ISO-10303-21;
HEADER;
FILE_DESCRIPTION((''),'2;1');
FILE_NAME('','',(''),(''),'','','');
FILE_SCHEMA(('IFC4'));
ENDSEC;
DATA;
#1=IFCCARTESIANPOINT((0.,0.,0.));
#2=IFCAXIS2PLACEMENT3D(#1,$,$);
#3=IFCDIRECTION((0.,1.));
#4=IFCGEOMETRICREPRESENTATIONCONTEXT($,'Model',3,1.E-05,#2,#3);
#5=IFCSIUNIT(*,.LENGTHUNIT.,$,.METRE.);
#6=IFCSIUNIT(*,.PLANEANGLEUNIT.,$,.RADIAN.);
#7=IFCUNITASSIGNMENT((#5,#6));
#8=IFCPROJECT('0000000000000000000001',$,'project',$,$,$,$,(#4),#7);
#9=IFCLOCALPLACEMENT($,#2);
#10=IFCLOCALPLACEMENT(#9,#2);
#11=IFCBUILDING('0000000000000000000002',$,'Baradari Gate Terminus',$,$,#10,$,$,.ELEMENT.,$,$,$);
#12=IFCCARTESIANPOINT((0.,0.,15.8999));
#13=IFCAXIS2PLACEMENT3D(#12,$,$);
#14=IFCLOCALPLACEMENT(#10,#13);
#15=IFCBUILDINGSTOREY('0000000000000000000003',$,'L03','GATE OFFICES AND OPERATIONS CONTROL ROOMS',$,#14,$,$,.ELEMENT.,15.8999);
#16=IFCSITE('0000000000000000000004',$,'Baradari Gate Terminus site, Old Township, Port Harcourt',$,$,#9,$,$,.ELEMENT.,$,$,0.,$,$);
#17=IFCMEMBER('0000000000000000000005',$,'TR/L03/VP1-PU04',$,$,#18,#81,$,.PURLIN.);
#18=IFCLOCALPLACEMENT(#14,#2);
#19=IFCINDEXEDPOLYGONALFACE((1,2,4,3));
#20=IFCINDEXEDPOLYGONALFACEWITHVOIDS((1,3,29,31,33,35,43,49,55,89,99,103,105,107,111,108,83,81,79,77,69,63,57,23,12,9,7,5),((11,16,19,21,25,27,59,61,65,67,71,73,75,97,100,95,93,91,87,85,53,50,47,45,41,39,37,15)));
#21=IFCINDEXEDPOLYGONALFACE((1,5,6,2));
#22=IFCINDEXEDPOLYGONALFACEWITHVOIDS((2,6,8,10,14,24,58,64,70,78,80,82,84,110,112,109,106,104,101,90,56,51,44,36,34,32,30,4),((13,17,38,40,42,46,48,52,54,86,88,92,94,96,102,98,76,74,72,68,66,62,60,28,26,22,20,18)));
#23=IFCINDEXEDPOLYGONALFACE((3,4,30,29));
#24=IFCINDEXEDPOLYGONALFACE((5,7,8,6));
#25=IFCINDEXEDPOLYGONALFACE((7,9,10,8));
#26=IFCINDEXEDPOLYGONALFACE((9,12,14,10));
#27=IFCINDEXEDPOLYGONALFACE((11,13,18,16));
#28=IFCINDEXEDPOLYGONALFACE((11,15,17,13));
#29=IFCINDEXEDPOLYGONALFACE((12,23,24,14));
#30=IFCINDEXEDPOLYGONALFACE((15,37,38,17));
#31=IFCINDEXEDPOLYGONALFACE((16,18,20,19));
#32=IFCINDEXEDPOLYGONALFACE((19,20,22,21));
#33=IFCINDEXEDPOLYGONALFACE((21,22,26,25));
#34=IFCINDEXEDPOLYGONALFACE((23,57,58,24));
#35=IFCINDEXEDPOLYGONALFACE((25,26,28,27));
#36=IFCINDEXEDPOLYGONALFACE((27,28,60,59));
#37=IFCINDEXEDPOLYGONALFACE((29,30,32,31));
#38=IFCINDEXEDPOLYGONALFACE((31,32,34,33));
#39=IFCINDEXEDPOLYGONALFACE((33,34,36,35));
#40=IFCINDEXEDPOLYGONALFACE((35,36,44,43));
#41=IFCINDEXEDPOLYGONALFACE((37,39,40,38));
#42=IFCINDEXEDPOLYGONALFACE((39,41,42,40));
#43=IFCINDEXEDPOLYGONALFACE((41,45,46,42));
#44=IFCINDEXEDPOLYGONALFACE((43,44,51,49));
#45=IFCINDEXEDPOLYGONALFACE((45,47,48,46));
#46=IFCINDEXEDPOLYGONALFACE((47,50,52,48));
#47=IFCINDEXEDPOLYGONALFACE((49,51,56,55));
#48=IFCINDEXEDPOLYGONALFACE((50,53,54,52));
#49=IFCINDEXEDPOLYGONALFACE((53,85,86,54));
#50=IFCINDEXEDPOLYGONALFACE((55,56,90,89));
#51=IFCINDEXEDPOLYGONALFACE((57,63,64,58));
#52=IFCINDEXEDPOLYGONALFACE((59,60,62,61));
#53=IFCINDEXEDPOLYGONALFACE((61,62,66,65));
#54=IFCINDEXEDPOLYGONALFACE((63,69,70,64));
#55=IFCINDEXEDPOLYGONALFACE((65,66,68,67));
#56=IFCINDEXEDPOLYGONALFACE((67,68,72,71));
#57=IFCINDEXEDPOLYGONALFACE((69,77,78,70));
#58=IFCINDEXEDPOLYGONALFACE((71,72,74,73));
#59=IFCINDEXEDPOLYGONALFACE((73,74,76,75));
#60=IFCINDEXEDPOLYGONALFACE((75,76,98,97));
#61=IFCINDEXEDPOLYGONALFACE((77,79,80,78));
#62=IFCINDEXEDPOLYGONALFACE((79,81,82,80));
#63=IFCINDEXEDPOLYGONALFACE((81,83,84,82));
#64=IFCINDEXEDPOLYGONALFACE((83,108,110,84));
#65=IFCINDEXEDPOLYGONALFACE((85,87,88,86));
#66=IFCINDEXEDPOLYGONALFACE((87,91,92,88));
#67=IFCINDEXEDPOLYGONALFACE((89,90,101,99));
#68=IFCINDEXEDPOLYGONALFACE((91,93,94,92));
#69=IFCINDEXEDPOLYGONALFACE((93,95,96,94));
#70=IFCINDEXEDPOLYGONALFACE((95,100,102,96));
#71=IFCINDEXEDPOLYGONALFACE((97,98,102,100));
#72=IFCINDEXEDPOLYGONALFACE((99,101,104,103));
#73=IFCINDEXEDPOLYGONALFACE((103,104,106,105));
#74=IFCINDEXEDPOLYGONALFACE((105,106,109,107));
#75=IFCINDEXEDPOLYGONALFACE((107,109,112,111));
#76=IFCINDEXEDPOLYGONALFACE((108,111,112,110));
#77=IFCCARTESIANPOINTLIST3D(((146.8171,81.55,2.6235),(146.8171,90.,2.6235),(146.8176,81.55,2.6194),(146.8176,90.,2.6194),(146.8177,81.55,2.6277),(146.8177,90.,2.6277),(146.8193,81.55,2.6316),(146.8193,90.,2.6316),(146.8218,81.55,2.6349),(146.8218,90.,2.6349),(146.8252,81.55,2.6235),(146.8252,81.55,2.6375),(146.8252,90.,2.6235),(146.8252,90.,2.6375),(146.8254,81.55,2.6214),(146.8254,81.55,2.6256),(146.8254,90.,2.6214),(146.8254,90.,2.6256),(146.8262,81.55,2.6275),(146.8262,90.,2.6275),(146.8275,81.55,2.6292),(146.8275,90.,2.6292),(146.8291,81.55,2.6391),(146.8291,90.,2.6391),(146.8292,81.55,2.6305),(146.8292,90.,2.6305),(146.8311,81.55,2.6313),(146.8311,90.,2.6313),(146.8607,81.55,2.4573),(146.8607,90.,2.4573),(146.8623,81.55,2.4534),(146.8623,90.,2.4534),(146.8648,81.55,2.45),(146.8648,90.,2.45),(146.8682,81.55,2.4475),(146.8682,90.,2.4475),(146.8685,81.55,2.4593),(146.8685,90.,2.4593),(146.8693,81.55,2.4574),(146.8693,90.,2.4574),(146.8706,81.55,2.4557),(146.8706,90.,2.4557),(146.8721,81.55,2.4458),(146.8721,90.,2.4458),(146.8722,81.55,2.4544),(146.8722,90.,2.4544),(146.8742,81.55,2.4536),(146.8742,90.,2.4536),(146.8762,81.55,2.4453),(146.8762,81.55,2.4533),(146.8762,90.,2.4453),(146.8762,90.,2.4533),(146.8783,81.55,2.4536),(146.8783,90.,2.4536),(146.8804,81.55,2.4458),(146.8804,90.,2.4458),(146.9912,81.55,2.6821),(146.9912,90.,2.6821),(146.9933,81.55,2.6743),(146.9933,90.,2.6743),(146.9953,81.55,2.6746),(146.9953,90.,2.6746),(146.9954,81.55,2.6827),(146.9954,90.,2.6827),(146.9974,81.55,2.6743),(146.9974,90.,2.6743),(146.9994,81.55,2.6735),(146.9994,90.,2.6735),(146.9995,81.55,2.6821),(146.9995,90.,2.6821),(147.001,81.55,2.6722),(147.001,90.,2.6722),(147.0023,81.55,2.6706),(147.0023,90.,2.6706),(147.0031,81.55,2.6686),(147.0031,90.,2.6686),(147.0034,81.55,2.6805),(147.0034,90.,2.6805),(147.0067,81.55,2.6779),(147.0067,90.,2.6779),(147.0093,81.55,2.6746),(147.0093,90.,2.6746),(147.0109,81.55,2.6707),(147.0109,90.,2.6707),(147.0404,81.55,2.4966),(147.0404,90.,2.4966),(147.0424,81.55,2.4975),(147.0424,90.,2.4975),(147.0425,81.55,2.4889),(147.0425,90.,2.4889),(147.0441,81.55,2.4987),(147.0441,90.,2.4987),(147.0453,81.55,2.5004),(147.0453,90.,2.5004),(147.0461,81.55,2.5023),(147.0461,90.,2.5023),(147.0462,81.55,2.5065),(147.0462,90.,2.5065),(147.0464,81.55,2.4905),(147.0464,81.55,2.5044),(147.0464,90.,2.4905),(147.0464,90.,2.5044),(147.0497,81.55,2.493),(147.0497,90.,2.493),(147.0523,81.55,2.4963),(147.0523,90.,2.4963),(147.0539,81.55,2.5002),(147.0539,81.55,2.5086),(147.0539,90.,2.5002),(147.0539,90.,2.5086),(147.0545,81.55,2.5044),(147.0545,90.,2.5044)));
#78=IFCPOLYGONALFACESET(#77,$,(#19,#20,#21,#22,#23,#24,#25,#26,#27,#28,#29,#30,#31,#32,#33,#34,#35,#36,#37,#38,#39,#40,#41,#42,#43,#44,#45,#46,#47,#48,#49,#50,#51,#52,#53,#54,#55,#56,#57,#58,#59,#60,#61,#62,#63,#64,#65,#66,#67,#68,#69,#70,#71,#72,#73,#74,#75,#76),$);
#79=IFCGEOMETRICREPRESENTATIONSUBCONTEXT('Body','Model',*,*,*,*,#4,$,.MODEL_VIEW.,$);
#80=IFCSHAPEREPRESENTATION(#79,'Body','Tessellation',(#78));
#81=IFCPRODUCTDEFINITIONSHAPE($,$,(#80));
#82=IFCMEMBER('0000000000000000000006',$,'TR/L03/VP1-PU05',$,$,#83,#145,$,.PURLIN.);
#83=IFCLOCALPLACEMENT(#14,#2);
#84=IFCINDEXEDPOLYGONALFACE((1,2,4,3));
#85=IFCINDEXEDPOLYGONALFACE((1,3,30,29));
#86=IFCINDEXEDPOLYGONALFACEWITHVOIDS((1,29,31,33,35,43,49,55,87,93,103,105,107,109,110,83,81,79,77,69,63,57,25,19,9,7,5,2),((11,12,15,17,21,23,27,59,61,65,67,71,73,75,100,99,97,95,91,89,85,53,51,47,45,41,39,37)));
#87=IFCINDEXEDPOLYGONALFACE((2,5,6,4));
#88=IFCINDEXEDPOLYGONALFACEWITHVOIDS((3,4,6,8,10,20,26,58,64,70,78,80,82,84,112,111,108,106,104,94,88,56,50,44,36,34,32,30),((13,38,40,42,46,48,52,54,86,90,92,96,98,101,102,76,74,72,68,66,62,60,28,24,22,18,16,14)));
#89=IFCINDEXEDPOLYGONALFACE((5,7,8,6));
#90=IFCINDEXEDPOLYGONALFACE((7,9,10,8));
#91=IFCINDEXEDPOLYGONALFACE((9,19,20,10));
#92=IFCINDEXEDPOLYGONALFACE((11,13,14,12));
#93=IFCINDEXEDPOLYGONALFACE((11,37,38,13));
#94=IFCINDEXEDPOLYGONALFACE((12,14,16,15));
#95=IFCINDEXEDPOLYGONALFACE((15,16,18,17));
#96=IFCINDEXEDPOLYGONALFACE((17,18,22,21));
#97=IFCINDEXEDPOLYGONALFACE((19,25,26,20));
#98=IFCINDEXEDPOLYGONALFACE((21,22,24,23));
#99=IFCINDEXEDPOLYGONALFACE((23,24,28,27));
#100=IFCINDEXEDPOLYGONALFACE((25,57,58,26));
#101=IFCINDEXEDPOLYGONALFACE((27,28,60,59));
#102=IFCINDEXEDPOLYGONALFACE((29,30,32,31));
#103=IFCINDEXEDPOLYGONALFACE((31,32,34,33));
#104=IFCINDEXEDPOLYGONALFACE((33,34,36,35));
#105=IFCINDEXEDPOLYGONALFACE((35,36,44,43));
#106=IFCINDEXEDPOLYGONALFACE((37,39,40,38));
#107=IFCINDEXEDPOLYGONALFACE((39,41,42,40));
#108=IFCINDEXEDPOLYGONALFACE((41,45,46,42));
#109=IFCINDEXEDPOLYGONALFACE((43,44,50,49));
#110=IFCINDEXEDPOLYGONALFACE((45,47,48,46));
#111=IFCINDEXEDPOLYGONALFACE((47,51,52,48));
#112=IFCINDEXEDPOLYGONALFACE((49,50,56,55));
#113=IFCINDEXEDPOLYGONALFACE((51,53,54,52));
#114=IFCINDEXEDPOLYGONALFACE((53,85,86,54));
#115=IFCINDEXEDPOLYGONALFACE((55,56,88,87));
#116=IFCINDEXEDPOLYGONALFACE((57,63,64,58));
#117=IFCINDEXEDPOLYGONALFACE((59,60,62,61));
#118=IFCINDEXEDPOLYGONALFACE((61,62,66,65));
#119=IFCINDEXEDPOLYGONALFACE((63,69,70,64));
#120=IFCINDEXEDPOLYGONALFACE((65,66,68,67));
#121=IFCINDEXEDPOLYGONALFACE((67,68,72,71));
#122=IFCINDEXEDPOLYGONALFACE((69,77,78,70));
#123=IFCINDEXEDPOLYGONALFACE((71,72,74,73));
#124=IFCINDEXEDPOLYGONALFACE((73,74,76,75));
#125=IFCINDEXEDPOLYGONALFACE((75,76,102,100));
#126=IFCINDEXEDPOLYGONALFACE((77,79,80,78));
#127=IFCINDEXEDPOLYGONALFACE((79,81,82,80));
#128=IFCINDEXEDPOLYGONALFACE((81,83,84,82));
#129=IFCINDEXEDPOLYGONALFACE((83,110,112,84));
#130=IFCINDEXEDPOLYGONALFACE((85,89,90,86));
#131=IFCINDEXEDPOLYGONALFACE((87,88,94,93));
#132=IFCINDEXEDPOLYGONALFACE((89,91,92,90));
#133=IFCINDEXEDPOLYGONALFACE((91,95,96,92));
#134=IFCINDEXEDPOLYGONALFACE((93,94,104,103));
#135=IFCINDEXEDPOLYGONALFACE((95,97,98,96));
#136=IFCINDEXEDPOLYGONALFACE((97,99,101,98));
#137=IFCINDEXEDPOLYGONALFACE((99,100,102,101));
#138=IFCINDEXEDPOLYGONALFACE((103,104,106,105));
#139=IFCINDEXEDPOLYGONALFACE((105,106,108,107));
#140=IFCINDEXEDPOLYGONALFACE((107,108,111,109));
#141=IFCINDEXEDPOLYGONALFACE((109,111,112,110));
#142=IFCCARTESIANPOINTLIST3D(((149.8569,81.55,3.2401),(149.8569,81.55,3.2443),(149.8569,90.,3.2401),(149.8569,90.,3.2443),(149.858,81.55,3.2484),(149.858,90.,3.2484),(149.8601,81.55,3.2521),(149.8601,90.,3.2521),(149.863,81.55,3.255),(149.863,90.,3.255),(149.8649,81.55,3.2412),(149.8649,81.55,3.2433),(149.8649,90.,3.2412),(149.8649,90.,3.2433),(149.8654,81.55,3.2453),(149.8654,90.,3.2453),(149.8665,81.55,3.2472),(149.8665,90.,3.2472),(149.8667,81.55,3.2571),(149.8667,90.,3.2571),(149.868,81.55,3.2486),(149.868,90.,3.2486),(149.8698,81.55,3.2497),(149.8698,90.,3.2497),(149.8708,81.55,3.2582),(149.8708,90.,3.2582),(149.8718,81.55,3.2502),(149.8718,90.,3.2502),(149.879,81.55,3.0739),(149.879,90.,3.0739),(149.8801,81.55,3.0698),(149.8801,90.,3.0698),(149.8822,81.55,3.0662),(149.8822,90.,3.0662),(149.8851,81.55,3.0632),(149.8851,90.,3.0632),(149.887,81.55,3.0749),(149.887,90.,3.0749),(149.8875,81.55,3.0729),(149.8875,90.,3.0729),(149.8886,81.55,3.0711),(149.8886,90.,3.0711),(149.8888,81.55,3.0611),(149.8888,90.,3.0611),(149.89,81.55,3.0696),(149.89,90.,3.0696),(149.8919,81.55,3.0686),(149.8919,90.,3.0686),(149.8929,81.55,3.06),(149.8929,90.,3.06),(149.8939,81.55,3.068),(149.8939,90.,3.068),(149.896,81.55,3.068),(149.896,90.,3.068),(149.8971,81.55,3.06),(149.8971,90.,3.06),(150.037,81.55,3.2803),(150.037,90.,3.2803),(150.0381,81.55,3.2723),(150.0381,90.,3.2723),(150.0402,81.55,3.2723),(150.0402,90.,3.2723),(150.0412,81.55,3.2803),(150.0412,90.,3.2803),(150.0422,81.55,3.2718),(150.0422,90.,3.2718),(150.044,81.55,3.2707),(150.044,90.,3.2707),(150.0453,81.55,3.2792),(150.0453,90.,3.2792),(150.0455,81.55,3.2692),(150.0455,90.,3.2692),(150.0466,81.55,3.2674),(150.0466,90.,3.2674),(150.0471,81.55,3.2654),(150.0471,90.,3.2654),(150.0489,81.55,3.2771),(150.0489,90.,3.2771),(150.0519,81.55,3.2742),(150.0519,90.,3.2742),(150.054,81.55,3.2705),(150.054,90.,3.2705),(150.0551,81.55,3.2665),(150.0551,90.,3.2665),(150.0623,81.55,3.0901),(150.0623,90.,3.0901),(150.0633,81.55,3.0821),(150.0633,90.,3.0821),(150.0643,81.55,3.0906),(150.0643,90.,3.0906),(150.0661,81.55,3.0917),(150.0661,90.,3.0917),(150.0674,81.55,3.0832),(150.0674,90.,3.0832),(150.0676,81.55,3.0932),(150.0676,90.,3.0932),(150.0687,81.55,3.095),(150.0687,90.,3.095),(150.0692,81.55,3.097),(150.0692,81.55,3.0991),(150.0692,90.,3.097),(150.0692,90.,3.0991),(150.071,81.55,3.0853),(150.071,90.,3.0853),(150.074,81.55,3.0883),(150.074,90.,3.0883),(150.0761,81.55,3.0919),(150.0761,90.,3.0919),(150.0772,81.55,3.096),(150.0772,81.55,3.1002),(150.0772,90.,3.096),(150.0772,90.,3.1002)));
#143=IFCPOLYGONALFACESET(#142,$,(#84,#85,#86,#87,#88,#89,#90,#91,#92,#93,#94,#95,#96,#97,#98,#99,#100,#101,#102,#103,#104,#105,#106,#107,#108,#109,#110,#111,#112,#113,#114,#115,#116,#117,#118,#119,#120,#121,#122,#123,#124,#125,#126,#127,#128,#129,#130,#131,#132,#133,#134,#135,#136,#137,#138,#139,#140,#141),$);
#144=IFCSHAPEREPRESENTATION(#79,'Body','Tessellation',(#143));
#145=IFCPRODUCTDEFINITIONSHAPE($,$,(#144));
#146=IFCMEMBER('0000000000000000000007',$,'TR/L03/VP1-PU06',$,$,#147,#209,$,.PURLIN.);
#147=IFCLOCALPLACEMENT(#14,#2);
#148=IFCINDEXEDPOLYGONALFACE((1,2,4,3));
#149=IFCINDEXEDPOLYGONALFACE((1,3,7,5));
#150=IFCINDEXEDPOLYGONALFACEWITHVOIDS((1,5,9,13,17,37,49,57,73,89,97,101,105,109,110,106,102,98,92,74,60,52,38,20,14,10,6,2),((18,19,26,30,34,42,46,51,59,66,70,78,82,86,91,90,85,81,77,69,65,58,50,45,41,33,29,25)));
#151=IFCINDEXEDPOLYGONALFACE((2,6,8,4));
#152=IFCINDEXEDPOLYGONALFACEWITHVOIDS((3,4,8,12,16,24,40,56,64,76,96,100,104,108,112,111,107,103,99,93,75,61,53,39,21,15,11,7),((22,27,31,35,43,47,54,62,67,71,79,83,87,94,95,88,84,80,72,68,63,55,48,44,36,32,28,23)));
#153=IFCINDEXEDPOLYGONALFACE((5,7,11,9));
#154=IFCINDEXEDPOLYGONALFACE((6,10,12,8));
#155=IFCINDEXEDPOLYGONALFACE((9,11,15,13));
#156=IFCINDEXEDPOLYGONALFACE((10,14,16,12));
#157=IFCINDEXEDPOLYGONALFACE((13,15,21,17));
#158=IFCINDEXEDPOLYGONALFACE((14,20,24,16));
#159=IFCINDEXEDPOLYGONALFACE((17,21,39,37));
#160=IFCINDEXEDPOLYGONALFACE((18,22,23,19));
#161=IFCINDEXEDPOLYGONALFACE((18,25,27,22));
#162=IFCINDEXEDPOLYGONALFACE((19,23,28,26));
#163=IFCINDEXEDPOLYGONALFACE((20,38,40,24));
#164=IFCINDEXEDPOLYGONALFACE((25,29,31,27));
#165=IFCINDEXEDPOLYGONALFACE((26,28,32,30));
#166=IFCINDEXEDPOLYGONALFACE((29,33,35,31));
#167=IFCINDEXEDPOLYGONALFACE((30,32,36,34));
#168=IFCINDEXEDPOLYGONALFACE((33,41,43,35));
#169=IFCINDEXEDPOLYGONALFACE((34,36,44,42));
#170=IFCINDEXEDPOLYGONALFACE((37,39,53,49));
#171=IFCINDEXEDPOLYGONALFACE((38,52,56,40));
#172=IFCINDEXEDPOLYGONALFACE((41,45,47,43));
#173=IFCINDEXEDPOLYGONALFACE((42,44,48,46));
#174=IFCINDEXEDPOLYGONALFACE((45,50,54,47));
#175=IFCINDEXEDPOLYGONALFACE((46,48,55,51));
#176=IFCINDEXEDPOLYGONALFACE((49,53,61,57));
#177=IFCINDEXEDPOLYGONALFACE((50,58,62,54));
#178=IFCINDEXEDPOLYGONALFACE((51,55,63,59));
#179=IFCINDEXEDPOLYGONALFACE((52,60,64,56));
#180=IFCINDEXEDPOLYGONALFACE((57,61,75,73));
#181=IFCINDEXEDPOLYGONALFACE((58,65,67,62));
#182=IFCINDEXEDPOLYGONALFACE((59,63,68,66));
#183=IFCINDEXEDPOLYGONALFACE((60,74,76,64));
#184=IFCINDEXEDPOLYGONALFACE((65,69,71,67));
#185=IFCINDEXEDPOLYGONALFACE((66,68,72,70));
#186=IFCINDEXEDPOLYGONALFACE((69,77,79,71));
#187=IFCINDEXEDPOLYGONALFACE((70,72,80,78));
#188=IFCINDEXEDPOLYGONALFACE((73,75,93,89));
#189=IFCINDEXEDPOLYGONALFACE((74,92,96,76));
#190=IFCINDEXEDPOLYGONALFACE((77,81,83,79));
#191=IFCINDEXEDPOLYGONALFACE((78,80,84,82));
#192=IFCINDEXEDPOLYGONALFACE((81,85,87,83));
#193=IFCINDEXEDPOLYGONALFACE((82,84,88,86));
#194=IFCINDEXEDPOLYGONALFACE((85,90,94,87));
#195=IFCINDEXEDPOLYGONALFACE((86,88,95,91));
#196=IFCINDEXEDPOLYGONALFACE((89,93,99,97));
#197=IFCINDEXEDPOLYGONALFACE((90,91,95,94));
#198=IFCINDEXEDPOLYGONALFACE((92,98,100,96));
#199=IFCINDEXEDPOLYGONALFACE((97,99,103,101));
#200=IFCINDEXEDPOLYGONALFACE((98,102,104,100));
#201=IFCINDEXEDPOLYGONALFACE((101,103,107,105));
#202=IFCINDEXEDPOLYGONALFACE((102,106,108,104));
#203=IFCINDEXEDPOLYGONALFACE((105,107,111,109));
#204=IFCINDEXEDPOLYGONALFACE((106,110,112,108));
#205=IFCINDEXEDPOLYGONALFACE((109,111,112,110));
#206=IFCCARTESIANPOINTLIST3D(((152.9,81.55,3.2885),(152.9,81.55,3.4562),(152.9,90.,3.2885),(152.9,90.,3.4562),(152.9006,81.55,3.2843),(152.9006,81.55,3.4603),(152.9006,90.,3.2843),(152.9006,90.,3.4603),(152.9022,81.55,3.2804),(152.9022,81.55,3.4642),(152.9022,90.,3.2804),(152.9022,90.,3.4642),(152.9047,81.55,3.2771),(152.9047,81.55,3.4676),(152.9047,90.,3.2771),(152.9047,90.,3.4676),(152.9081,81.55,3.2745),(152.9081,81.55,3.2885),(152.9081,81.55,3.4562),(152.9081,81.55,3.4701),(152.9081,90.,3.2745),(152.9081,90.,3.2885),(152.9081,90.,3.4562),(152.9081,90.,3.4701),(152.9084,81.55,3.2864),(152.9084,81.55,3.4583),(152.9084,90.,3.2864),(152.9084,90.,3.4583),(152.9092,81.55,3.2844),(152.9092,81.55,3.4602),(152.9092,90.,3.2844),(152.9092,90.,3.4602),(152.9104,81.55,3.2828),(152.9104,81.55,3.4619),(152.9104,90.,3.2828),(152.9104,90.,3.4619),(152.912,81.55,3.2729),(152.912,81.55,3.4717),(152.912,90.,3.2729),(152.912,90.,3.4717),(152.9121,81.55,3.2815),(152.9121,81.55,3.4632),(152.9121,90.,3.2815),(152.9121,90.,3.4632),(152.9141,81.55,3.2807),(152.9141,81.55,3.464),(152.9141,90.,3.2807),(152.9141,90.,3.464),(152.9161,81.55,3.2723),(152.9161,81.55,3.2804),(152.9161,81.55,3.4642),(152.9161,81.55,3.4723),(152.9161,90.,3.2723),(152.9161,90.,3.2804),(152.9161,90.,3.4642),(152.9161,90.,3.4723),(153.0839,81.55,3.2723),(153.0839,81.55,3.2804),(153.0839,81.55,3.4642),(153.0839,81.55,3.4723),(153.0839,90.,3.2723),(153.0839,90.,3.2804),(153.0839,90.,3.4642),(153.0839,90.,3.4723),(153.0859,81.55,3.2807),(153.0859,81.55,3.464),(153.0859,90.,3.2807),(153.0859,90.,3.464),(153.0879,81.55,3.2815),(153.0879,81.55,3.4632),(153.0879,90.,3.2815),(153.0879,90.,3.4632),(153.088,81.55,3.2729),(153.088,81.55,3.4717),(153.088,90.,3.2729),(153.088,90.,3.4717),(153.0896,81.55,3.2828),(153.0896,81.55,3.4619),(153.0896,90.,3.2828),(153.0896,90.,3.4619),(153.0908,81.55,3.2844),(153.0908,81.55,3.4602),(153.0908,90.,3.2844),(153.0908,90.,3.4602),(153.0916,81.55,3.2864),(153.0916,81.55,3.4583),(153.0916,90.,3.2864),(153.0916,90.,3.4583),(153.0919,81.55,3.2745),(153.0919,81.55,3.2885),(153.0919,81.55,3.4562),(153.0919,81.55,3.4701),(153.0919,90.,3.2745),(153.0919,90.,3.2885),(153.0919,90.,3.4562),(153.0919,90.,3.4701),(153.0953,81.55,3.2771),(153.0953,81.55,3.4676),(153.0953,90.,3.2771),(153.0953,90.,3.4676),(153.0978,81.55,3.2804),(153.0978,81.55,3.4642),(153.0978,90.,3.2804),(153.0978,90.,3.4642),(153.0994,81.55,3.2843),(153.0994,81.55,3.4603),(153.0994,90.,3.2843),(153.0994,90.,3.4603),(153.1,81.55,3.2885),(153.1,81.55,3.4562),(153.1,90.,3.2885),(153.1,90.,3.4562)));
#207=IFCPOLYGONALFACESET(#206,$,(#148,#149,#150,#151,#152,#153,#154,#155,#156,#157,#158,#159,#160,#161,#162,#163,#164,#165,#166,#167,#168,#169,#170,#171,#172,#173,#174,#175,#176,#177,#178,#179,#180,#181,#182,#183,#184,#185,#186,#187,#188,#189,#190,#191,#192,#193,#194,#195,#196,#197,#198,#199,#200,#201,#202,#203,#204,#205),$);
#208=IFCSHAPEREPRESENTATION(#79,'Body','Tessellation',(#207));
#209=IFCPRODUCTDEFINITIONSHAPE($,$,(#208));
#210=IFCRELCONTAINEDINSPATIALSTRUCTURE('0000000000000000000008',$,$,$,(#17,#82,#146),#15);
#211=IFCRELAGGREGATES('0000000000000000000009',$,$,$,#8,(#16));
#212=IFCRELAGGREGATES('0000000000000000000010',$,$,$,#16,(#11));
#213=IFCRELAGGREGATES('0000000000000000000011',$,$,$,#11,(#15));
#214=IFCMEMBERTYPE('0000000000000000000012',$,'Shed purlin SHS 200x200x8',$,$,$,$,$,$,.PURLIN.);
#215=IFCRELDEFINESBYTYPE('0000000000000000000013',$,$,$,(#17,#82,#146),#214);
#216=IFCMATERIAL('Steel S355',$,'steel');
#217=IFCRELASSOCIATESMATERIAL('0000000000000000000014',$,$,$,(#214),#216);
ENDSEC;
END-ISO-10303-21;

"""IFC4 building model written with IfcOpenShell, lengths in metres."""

from ifc_helpers import new_model, si_unit, direction, frame, origin, origin_2d, place, context, subcontext, project, spatial, hollow_rectangle, extrude, material, material_profile, profile_set, type_object, element, save


model = new_model("IFC4")

# Units and contexts
model_context = context("Model", 3, precision=1e-05, world=origin(), true_north=direction((0.0, 1.0)))
body_context = subcontext(model_context, "Body", "Model", "MODEL_VIEW")
ifc_project = project(units=[si_unit("LENGTHUNIT", "METRE"), si_unit("PLANEANGLEUNIT", "RADIAN")], contexts=[model_context])

# Site, building, storey
site_placement = place(None, origin())
site = spatial("IfcSite", under=ifc_project, at=site_placement, Name="Baradari Gate Terminus site, Old Township, Port Harcourt", CompositionType="ELEMENT", RefElevation=0.0)
building_placement = place(site_placement, origin())
building = spatial("IfcBuilding", under=site, at=building_placement, Name="Baradari Gate Terminus", CompositionType="ELEMENT")
storey_placement = place(building_placement, frame((0.0, 0.0, 15.8999)))
storey = spatial("IfcBuildingStorey", under=building, at=storey_placement, Name="L03", Description="GATE OFFICES AND OPERATIONS CONTROL ROOMS", CompositionType="ELEMENT", Elevation=15.8999)

# Members
ifc_material_1 = material(Name="Steel S355", Category="steel")
ifc_material_profile_1 = material_profile(ifc_material_1, hollow_rectangle(XDim=0.2, YDim=0.2, WallThickness=0.0081, InnerFilletRadius=0.0081, OuterFilletRadius=0.0161, at=origin_2d()), Name="SHS 200x200x8")
ifc_profile_set_1 = profile_set([ifc_material_profile_1], Name="Steel S355")
member_type_1 = type_object("IfcMemberType", Name="Shed purlin SHS 200x200x8", PredefinedType="PURLIN", material=ifc_profile_set_1)
for number, where, z_axis, x_axis, name in (
    (1, (146.9358, 81.55, 2.564), (0.0, 1.0, 0.0), (-0.9665, 0.0, -0.256668), "TR/L03/VP1-PU04"),
    (2, (149.967, 81.55, 3.1702), (0.0, 1.0, 0.0), (-0.991303, 0.0, -0.131599), "TR/L03/VP1-PU05"),
    (3, (153.0, 81.55, 3.3723), (0.0, 1.0, 0.0), (-1.0, 0.0, 0.0), "TR/L03/VP1-PU06"),
):
    element("IfcMember", number, at=place(storey_placement, frame(where, z_axis=z_axis, x_axis=x_axis)), inside=storey, type_object=member_type_1, Name=name, PredefinedType="PURLIN", context=body_context, shape_type="SweptSolid", body=[
        extrude(hollow_rectangle(XDim=0.2, YDim=0.2, WallThickness=0.0081, InnerFilletRadius=0.0081, OuterFilletRadius=0.0161, at=origin_2d()), origin(), (0.0, 0.0, 1.0), 8.45),
    ])

save(model, "model.ifc")
